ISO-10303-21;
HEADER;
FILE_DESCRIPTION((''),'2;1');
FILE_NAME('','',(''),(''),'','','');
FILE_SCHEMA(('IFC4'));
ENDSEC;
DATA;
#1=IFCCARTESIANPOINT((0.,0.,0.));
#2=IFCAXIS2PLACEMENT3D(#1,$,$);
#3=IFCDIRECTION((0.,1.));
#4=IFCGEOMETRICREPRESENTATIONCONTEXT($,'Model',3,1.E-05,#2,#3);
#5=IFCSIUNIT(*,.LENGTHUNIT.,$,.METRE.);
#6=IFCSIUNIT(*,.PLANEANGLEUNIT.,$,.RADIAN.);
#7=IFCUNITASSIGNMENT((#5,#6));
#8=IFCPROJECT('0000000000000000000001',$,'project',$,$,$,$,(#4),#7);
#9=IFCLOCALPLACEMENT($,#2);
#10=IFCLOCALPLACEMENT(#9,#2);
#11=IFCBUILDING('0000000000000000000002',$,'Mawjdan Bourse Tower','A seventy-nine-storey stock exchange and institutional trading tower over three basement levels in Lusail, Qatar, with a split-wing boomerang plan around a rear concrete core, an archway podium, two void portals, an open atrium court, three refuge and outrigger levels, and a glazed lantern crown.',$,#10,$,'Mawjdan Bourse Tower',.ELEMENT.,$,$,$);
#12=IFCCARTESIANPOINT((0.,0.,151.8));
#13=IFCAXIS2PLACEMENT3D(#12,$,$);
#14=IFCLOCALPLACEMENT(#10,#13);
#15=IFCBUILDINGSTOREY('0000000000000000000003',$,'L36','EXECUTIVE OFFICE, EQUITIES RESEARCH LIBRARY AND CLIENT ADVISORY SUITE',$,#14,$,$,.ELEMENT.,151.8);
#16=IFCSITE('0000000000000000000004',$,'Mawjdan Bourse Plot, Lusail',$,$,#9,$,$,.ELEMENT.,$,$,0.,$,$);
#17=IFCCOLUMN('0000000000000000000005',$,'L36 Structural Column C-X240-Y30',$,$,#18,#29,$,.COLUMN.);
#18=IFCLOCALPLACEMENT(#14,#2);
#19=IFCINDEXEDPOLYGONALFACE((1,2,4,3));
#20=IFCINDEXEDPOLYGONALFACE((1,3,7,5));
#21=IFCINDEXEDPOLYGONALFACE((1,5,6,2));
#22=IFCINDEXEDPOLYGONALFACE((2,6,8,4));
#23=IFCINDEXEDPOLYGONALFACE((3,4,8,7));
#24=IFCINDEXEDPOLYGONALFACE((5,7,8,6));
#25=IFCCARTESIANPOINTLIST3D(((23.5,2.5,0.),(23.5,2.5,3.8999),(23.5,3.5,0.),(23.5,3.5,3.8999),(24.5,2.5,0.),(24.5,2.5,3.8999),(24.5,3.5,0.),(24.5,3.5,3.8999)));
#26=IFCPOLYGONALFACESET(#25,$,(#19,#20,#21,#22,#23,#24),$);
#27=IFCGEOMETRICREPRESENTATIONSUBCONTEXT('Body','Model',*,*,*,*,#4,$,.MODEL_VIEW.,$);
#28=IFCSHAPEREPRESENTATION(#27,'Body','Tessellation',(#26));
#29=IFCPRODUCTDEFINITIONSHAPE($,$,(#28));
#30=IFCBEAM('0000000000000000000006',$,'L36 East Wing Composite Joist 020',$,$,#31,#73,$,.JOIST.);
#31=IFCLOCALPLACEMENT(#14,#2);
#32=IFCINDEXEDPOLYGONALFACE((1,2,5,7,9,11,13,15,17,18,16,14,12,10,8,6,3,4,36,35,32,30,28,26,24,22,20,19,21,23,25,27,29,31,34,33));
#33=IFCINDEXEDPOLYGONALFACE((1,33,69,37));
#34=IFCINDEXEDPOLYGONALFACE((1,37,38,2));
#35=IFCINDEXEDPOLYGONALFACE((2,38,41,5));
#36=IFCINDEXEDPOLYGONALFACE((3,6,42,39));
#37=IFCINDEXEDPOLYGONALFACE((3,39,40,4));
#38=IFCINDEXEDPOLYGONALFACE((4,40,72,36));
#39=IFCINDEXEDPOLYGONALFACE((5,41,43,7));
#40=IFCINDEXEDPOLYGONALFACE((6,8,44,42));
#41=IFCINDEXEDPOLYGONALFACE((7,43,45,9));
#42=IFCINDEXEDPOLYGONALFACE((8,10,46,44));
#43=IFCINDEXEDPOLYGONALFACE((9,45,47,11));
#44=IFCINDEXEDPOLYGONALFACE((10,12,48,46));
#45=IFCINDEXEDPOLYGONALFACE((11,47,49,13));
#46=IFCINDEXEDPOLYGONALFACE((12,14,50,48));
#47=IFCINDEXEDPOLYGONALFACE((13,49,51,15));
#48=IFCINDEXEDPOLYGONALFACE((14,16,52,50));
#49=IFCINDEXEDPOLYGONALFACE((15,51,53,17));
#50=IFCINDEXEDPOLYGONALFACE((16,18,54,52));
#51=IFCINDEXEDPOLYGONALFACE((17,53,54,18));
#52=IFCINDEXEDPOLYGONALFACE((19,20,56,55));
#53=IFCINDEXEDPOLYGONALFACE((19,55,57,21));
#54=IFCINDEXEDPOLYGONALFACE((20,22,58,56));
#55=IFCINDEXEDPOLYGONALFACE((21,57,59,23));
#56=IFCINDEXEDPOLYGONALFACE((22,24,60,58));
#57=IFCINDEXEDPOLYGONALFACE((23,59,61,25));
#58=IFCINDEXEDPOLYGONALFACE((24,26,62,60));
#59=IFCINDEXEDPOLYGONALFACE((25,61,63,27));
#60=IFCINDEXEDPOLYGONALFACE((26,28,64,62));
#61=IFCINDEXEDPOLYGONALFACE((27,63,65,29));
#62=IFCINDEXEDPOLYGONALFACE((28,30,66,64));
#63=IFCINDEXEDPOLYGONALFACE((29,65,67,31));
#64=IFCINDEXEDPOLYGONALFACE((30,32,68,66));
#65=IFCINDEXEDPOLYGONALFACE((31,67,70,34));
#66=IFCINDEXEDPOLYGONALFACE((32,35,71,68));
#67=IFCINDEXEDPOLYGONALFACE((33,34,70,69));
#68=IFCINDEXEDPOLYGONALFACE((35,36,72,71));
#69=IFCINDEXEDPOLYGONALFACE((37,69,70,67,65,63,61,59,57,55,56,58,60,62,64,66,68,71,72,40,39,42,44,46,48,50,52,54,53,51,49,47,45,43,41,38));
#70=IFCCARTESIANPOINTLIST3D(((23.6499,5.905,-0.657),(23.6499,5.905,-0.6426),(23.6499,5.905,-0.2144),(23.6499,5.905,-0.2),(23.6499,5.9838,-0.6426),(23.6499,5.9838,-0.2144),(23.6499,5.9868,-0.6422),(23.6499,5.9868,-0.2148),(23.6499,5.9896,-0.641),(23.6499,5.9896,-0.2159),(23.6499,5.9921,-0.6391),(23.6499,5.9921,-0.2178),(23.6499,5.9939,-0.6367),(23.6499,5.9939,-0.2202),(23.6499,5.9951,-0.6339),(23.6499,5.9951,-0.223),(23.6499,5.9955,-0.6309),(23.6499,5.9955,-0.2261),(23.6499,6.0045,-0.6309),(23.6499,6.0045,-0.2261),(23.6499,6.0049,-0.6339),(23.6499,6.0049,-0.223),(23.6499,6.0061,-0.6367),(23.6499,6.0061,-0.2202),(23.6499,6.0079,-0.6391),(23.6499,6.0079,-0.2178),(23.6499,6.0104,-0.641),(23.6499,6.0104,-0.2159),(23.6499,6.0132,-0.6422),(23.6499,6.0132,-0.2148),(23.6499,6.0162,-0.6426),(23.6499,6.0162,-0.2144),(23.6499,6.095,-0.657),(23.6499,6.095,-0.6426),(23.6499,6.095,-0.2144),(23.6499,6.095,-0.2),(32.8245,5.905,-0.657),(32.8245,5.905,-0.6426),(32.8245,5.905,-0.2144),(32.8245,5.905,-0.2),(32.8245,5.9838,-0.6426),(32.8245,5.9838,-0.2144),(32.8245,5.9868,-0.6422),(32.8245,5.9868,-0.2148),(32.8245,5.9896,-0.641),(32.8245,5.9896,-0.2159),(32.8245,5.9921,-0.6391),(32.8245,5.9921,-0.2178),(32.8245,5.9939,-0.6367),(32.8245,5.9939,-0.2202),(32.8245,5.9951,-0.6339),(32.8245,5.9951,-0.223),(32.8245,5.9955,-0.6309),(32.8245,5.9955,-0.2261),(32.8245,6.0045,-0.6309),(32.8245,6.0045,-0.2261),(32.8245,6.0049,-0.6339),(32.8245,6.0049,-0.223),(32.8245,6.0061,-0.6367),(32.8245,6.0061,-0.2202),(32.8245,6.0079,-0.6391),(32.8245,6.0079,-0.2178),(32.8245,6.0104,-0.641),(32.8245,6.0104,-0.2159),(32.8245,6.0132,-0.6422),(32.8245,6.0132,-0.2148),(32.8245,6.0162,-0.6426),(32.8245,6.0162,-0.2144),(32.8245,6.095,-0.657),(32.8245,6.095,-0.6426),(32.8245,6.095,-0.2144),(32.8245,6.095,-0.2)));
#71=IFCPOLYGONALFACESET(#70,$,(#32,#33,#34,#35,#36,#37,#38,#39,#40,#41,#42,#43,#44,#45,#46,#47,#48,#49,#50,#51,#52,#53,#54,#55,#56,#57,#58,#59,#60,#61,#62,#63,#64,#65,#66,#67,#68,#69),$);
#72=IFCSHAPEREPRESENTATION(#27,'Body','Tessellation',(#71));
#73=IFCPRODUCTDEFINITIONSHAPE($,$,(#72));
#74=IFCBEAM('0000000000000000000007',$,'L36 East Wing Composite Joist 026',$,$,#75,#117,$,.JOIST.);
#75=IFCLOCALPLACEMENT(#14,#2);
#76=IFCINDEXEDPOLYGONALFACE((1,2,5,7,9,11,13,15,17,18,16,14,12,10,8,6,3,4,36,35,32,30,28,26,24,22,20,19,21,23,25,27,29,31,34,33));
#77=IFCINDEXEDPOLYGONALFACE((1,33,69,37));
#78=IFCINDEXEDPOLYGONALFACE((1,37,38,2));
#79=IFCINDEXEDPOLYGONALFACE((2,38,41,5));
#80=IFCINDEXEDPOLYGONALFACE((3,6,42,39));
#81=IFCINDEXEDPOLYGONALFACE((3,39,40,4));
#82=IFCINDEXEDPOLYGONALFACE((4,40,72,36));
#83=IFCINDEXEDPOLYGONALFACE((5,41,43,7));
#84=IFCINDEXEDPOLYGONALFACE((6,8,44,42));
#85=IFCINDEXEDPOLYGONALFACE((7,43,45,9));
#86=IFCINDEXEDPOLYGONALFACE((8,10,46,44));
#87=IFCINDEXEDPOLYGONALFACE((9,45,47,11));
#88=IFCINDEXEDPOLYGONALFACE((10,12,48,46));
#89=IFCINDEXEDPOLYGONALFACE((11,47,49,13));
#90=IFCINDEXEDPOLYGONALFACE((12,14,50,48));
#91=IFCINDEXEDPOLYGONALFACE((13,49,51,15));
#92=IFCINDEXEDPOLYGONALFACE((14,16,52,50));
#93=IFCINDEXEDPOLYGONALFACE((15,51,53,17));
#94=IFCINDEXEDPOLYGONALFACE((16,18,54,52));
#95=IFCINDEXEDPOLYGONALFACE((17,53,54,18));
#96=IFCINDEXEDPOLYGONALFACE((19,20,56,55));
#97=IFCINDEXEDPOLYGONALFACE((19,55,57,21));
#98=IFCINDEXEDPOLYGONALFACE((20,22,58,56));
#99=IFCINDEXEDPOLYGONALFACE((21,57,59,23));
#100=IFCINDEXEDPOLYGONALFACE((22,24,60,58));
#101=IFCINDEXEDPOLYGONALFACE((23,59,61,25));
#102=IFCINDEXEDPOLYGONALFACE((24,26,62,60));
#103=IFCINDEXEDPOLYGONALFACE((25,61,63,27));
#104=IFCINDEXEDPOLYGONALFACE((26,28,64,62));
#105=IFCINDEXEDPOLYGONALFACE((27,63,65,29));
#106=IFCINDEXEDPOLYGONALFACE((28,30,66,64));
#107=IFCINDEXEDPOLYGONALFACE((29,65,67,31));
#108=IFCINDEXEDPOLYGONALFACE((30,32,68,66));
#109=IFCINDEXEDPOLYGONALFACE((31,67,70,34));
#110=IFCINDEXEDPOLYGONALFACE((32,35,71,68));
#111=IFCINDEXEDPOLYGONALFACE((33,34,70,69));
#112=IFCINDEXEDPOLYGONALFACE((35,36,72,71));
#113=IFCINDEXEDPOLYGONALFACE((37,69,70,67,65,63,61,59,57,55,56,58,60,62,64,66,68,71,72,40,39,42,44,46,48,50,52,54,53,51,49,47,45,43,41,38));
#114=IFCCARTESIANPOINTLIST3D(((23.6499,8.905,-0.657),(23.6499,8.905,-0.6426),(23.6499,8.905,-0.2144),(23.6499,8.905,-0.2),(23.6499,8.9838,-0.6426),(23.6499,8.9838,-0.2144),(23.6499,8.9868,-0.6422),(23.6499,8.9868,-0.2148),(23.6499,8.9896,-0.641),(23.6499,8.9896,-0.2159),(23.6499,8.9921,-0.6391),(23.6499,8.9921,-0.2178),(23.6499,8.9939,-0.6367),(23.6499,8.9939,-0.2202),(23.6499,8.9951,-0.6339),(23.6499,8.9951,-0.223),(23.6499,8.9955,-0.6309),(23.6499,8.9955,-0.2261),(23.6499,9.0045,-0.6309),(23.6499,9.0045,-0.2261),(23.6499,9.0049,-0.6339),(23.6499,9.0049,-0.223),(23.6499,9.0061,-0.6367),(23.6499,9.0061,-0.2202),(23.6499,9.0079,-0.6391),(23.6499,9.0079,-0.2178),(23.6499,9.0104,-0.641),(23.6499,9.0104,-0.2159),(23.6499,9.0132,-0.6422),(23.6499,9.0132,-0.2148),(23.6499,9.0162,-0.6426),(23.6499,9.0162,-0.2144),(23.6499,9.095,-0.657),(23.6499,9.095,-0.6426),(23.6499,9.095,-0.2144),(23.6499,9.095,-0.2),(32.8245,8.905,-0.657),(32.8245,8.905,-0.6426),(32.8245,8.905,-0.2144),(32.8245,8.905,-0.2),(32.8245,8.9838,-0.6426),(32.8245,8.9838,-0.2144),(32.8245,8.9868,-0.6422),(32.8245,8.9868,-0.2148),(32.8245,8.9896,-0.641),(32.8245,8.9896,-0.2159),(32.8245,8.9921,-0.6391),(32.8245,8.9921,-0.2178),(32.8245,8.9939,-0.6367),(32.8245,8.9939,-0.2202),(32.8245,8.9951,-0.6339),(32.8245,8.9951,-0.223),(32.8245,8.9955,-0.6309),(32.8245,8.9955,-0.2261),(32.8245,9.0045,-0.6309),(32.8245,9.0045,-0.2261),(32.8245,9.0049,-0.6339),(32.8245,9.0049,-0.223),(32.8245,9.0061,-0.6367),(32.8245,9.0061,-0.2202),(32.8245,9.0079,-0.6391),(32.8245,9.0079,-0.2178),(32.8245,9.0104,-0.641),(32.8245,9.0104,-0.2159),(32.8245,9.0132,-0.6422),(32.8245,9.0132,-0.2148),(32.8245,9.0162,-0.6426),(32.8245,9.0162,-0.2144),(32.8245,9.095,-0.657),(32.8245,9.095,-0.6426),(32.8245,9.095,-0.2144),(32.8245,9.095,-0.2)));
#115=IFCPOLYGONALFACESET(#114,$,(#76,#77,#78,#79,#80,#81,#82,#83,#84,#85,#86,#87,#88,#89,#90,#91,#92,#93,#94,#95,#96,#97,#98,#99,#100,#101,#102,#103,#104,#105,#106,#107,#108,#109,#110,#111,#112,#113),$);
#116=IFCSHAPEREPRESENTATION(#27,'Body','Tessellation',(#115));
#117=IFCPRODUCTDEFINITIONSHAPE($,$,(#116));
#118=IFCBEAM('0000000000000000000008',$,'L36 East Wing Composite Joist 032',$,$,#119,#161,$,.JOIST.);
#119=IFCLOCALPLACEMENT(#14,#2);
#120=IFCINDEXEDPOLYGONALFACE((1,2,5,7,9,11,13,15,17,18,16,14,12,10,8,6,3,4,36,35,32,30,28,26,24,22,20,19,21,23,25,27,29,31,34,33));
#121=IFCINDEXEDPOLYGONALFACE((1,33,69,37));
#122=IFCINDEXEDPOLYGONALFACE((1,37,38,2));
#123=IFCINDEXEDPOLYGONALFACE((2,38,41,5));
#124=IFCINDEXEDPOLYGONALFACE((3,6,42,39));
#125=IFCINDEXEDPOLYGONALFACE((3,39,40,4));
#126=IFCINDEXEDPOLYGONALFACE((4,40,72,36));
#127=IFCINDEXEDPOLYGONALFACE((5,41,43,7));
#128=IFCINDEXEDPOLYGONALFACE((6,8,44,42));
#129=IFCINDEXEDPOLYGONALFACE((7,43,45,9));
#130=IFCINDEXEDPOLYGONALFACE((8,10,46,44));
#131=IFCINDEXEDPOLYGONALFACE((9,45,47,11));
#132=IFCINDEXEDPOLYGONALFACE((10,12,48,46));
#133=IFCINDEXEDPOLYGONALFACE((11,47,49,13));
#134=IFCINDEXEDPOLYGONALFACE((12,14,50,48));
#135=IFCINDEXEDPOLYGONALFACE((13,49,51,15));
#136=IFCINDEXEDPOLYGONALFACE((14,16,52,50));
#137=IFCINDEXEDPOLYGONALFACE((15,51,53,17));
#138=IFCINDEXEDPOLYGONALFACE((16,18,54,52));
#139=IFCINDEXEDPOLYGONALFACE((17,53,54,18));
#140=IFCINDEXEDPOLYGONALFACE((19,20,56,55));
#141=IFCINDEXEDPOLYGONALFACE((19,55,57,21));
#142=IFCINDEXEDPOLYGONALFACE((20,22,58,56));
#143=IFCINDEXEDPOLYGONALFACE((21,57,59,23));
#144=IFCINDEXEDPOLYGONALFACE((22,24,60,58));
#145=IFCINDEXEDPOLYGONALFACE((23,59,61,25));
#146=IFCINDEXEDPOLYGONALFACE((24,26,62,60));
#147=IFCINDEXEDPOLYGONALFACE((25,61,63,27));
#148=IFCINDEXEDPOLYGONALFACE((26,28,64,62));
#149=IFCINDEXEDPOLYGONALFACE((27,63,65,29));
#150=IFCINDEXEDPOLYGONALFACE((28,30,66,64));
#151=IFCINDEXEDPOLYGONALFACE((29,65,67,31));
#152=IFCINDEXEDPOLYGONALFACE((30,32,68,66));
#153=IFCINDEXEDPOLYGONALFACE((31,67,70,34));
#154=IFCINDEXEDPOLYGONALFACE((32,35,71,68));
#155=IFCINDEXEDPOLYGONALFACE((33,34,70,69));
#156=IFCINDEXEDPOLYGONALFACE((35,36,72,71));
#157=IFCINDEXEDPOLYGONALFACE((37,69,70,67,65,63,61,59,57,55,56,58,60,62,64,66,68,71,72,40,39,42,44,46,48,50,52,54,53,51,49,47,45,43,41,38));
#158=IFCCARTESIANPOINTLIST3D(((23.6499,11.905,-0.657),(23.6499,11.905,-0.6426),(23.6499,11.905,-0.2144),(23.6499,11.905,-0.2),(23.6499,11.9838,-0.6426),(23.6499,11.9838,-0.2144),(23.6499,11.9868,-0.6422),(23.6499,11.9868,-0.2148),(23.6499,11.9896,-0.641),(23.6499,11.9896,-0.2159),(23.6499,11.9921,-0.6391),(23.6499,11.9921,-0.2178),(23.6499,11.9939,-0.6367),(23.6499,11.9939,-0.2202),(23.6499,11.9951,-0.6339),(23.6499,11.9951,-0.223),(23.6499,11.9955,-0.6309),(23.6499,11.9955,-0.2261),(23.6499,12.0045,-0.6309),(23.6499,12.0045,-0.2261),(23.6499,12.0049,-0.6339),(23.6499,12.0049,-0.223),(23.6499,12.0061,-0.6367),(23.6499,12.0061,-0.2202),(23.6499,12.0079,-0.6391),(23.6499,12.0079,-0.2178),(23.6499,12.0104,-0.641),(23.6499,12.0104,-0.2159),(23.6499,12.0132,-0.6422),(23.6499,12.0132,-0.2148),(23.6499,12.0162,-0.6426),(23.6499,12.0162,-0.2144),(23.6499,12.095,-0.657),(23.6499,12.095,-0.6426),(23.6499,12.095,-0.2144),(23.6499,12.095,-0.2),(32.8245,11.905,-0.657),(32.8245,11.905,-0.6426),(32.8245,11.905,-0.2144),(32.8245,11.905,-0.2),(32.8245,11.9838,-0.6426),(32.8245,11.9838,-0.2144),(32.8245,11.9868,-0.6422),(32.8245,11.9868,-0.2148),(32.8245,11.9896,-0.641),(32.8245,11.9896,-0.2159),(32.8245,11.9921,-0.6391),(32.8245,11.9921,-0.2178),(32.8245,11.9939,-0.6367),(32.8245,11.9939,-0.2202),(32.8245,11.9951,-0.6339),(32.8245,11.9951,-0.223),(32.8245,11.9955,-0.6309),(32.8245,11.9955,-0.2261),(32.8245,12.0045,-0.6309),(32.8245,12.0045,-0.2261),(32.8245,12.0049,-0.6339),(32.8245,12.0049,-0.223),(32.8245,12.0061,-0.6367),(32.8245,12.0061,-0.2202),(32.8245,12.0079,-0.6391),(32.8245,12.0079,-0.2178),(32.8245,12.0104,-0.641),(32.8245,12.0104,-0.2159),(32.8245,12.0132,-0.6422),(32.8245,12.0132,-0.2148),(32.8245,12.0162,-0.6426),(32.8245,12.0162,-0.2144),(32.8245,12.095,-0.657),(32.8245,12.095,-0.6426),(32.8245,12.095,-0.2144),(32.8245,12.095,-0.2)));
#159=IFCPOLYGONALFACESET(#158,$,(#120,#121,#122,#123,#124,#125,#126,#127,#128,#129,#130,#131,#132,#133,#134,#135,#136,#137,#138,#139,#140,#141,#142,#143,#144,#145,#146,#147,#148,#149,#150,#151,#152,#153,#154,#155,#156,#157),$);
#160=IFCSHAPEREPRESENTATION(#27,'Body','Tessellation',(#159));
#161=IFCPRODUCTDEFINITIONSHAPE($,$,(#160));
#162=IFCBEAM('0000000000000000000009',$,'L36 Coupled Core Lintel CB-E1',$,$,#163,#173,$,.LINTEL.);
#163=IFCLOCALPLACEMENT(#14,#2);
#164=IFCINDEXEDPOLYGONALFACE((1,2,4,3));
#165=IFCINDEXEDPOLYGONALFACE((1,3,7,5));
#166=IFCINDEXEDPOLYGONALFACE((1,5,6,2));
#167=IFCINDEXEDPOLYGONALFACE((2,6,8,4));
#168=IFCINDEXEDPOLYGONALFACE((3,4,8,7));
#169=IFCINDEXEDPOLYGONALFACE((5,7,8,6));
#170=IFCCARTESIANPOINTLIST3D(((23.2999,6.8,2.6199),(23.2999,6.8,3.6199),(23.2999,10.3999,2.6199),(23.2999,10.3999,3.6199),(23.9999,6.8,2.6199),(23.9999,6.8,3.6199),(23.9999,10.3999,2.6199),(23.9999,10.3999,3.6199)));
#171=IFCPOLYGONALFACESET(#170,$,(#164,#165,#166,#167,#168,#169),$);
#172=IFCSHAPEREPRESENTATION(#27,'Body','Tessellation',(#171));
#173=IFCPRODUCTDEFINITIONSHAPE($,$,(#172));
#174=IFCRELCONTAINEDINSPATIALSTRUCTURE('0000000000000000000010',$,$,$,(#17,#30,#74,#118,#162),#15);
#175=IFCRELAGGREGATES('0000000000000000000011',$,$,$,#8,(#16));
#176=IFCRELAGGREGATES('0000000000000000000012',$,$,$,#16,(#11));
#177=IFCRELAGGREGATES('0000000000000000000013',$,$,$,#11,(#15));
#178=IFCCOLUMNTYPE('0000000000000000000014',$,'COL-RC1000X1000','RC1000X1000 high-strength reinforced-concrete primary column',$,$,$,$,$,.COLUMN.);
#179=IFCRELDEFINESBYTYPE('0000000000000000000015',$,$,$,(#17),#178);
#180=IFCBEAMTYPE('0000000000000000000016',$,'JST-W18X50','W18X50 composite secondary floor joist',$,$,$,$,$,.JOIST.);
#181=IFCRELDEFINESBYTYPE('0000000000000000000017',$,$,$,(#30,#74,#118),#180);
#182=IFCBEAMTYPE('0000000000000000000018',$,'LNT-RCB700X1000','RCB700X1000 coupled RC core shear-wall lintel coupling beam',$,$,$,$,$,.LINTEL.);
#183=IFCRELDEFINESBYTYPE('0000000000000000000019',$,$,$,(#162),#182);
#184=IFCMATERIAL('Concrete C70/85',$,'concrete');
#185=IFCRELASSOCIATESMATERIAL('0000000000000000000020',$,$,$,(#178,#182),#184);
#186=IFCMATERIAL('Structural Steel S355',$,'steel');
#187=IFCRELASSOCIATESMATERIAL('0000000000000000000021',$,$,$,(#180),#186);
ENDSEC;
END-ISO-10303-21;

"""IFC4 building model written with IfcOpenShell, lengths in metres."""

from ifc_helpers import new_model, si_unit, direction, frame, origin, origin_2d, place, context, subcontext, project, spatial, rectangle, i_section, extrude, material, material_profile, profile_set, type_object, element, save


model = new_model("IFC4")

# Units and contexts
model_context = context("Model", 3, precision=1e-05, world=origin(), true_north=direction((0.0, 1.0)))
body_context = subcontext(model_context, "Body", "Model", "MODEL_VIEW")
ifc_project = project(units=[si_unit("LENGTHUNIT", "METRE"), si_unit("PLANEANGLEUNIT", "RADIAN")], contexts=[model_context])

# Site, building, storey
site_placement = place(None, origin())
site = spatial("IfcSite", under=ifc_project, at=site_placement, Name="Mawjdan Bourse Plot, Lusail", CompositionType="ELEMENT", RefElevation=0.0)
building_placement = place(site_placement, origin())
building = spatial("IfcBuilding", under=site, at=building_placement, Name="Mawjdan Bourse Tower", Description="A seventy-nine-storey stock exchange and institutional trading tower over three basement levels in Lusail, Qatar, with a split-wing boomerang plan around a rear concrete core, an archway podium, two void portals, an open atrium court, three refuge and outrigger levels, and a glazed lantern crown.", LongName="Mawjdan Bourse Tower", CompositionType="ELEMENT")
storey_placement = place(building_placement, frame((0.0, 0.0, 151.8)))
storey = spatial("IfcBuildingStorey", under=building, at=storey_placement, Name="L36", Description="EXECUTIVE OFFICE, EQUITIES RESEARCH LIBRARY AND CLIENT ADVISORY SUITE", CompositionType="ELEMENT", Elevation=151.8)

# Column
ifc_material_1 = material(Name="Concrete C70/85", Category="concrete")
ifc_material_profile_1 = material_profile(ifc_material_1, rectangle(XDim=1.0, YDim=1.0, at=origin_2d()), Name="RC1000X1000")
ifc_profile_set_1 = profile_set([ifc_material_profile_1], Name="Concrete C70/85")
column_type = type_object("IfcColumnType", Name="COL-RC1000X1000", Description="RC1000X1000 high-strength reinforced-concrete primary column", PredefinedType="COLUMN", material=ifc_profile_set_1)
column_placement = place(storey_placement, frame((24.0, 3.0, 0.0), z_axis=(0.0, 0.0, 1.0), x_axis=(1.0, 0.0, 0.0)))
element("IfcColumn", 1, at=column_placement, inside=storey, type_object=column_type, Name="L36 Structural Column C-X240-Y30", PredefinedType="COLUMN", context=body_context, shape_type="SweptSolid", body=[
    extrude(rectangle(XDim=1.0, YDim=1.0, at=origin_2d()), origin(), (0.0, 0.0, 1.0), 3.8999),
])

# Beams
ifc_material_2 = material(Name="Structural Steel S355", Category="steel")
ifc_material_profile_2 = material_profile(ifc_material_2, i_section(OverallWidth=0.1899, OverallDepth=0.457, WebThickness=0.009, FlangeThickness=0.0144, FilletRadius=0.0117, at=origin_2d()), Name="W18X50")
ifc_profile_set_2 = profile_set([ifc_material_profile_2], Name="Structural Steel S355")
beam_type_1 = type_object("IfcBeamType", Name="JST-W18X50", Description="W18X50 composite secondary floor joist", PredefinedType="JOIST", material=ifc_profile_set_2)
for number, where, z_axis, x_axis, name in (
    (2, (23.6499, 6.0, -0.4285), (1.0, 0.0, 0.0), (0.0, 1.0, 0.0), "L36 East Wing Composite Joist 020"),
    (3, (23.6499, 9.0, -0.4285), (1.0, 0.0, 0.0), (0.0, 1.0, 0.0), "L36 East Wing Composite Joist 026"),
    (4, (23.6499, 12.0, -0.4285), (1.0, 0.0, 0.0), (0.0, 1.0, 0.0), "L36 East Wing Composite Joist 032"),
):
    element("IfcBeam", number, at=place(storey_placement, frame(where, z_axis=z_axis, x_axis=x_axis)), inside=storey, type_object=beam_type_1, Name=name, PredefinedType="JOIST", context=body_context, shape_type="SweptSolid", body=[
        extrude(i_section(OverallWidth=0.1899, OverallDepth=0.457, WebThickness=0.009, FlangeThickness=0.0144, FilletRadius=0.0117, at=origin_2d()), origin(), (0.0, 0.0, 1.0), 9.1746),
    ])
ifc_material_profile_3 = material_profile(ifc_material_1, rectangle(XDim=0.7, YDim=1.0, at=origin_2d()), Name="RCB700X1000")
ifc_profile_set_3 = profile_set([ifc_material_profile_3], Name="Concrete C70/85")
beam_type_2 = type_object("IfcBeamType", Name="LNT-RCB700X1000", Description="RCB700X1000 coupled RC core shear-wall lintel coupling beam", PredefinedType="LINTEL", material=ifc_profile_set_3)
beam_1_placement = place(storey_placement, frame((23.6499, 6.8, 3.1199), z_axis=(0.0, 1.0, 0.0), x_axis=(-1.0, 0.0, 0.0)))
element("IfcBeam", 5, at=beam_1_placement, inside=storey, type_object=beam_type_2, Name="L36 Coupled Core Lintel CB-E1", PredefinedType="LINTEL", context=body_context, shape_type="SweptSolid", body=[
    extrude(rectangle(XDim=0.7, YDim=1.0, at=origin_2d()), origin(), (0.0, 0.0, 1.0), 3.5999),
])

save(model, "model.ifc")
